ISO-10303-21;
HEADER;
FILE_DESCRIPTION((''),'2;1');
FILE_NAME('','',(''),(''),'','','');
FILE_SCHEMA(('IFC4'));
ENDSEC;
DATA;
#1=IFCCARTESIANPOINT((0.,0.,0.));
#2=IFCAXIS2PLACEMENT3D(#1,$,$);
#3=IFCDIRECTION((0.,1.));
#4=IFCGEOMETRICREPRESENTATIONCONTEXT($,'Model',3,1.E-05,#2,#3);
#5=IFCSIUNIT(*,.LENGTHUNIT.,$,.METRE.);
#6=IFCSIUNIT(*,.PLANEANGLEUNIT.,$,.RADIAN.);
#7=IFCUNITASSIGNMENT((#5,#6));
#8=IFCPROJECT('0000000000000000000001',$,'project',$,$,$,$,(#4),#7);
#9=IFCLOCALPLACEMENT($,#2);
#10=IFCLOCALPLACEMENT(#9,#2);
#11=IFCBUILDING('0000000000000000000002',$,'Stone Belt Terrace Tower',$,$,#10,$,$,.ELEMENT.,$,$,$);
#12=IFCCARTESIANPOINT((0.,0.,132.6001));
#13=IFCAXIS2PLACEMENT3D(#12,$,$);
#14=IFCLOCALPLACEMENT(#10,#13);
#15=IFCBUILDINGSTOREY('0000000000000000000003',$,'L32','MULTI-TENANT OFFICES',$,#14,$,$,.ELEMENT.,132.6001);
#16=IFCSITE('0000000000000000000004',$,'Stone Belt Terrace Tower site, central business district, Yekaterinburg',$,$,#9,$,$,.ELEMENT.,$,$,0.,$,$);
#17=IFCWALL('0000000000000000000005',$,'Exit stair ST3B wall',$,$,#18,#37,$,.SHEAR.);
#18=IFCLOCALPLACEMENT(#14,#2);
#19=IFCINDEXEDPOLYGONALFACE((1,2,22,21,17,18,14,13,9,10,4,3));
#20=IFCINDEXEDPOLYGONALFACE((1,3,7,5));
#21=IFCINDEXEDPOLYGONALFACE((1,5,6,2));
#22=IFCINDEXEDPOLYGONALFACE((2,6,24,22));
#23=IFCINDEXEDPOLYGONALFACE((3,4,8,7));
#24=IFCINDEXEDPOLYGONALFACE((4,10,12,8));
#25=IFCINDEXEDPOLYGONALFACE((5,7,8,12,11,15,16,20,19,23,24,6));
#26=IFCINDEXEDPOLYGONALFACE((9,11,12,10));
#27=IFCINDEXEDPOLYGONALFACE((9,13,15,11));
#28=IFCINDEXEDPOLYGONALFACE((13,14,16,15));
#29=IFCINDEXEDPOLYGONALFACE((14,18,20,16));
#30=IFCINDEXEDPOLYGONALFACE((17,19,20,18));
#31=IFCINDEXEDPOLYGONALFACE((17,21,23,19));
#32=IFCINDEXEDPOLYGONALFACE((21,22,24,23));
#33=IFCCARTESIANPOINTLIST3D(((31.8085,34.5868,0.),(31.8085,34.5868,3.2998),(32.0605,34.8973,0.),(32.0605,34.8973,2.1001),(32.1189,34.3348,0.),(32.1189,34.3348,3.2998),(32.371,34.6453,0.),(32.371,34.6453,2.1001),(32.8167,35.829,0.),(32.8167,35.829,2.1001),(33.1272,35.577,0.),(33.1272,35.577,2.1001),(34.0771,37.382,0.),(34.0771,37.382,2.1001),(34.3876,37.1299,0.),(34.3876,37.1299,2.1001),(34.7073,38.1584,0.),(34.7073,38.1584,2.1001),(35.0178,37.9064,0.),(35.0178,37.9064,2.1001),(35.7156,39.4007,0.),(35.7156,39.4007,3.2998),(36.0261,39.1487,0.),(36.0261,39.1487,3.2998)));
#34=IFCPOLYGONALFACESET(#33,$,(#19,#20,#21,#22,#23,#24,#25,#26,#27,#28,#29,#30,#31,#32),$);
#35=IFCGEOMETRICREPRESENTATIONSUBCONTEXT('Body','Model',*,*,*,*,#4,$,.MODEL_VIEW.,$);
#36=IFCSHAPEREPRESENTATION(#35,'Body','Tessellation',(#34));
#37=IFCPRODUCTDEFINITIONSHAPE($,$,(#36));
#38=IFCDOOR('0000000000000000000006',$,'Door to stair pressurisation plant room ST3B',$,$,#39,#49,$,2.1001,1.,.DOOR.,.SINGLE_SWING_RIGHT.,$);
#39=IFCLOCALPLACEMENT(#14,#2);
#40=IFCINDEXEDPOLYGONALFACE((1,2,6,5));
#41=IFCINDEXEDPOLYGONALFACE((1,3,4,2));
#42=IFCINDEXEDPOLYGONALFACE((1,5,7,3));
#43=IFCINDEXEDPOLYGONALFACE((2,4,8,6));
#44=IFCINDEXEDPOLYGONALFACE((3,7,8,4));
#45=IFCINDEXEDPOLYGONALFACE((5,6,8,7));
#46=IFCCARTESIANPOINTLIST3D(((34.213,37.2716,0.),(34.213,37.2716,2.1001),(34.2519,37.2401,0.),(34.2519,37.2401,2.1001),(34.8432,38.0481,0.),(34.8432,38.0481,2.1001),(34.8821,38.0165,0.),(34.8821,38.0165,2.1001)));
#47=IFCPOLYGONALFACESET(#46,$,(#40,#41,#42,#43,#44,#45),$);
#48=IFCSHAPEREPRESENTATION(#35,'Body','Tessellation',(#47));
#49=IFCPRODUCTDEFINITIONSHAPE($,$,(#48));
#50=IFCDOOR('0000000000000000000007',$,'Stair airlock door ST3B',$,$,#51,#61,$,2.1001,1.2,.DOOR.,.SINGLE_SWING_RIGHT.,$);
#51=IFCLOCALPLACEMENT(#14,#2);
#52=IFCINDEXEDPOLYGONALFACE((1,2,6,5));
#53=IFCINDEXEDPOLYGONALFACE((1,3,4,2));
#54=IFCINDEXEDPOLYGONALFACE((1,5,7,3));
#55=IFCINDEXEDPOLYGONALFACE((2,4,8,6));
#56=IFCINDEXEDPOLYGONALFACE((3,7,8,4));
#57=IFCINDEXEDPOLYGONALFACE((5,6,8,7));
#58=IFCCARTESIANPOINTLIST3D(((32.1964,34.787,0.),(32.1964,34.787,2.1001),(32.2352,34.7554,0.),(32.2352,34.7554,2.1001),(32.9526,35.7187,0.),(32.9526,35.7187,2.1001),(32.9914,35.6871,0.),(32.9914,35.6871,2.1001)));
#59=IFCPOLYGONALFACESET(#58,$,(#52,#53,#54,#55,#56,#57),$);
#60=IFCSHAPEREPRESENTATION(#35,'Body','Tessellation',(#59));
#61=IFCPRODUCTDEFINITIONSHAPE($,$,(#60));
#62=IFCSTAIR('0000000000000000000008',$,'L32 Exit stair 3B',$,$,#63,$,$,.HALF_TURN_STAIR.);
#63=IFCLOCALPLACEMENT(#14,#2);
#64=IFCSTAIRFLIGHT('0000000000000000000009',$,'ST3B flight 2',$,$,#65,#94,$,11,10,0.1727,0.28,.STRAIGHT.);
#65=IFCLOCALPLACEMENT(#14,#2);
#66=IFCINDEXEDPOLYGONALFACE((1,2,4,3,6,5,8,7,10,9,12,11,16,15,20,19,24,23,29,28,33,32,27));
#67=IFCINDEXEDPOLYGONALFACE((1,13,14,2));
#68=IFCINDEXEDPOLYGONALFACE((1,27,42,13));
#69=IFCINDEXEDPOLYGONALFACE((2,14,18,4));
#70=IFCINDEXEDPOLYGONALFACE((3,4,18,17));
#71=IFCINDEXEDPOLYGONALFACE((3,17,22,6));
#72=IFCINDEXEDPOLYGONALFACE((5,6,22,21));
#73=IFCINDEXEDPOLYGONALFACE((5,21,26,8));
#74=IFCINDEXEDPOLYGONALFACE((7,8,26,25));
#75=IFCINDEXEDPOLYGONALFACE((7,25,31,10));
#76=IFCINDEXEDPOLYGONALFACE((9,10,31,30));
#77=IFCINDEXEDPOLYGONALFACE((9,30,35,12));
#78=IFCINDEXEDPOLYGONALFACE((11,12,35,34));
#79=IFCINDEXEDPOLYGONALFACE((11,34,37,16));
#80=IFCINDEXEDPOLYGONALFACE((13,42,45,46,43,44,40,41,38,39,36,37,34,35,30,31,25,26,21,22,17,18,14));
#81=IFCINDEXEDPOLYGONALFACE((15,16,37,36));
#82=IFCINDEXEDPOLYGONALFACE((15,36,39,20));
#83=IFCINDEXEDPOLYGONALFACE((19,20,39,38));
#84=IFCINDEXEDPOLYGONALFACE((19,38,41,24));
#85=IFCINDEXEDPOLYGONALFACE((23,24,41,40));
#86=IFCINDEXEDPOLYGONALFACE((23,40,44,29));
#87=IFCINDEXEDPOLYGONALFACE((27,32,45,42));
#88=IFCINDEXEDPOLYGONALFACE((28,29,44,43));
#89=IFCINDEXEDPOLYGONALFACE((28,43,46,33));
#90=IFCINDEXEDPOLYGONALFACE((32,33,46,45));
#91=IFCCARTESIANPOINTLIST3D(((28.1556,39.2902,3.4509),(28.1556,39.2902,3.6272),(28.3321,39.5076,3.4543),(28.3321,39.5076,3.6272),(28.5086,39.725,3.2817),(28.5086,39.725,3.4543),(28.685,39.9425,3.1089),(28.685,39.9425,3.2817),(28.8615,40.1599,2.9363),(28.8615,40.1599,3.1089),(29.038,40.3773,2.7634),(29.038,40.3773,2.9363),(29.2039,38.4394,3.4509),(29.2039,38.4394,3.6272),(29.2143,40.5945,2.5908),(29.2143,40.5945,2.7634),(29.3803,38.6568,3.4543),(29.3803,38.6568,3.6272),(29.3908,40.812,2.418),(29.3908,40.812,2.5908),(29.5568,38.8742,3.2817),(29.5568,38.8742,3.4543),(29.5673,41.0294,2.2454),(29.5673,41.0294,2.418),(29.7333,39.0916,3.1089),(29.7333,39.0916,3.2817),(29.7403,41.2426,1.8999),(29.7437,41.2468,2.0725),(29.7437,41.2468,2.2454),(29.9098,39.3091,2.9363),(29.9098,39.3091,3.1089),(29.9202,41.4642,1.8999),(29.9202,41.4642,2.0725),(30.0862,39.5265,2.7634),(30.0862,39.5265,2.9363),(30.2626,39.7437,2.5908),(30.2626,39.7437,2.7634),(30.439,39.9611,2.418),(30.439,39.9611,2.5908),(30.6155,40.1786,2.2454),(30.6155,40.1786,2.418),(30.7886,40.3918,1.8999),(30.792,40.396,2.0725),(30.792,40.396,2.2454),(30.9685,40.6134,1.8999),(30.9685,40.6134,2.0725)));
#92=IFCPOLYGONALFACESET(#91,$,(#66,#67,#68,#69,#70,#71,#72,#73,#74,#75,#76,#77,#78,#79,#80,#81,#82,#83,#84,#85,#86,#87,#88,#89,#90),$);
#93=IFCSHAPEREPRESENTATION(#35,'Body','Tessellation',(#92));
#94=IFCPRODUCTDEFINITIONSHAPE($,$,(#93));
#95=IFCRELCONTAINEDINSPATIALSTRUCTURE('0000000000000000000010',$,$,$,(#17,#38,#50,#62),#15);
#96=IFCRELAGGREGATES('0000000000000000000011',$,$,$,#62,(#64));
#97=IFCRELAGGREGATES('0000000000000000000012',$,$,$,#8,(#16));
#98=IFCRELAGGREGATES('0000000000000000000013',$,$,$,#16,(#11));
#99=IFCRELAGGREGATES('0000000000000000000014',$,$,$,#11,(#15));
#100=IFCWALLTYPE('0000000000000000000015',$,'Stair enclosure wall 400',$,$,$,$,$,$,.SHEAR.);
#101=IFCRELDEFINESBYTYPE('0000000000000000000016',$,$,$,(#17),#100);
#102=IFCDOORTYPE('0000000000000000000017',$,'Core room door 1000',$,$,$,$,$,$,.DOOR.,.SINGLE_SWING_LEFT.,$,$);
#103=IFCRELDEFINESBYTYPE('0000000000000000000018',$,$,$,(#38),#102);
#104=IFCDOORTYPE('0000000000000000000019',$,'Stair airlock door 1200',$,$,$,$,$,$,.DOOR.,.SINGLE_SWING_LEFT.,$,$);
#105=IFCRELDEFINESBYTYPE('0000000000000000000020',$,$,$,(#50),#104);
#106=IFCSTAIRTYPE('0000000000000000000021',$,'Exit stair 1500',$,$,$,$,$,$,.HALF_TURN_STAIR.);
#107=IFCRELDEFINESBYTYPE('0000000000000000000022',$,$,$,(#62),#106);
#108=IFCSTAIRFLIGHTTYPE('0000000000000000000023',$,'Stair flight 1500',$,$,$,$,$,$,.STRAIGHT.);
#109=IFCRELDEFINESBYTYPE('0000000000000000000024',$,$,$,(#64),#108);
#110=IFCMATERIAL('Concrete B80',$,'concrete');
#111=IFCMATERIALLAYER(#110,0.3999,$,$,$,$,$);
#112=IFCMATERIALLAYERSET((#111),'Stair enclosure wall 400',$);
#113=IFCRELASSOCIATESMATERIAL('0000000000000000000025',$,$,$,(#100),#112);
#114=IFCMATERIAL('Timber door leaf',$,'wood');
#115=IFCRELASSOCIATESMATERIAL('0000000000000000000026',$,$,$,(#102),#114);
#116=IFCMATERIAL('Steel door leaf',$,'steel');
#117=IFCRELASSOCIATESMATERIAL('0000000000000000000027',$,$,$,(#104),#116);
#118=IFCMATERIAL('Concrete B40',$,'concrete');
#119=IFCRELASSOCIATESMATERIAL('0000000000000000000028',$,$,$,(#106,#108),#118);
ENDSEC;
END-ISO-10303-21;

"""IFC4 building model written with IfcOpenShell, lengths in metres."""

from ifc_helpers import new_model, si_unit, direction, frame, frame_2d, origin, place, context, subcontext, project, spatial, polyline, rectangle, outline, extrude, material, layer, layer_set, type_object, element, fill, aggregate, save


model = new_model("IFC4")

# Units and contexts
model_context = context("Model", 3, precision=1e-05, world=origin(), true_north=direction((0.0, 1.0)))
body_context = subcontext(model_context, "Body", "Model", "MODEL_VIEW")
ifc_project = project(units=[si_unit("LENGTHUNIT", "METRE"), si_unit("PLANEANGLEUNIT", "RADIAN")], contexts=[model_context])

# Site, building, storey
site_placement = place(None, origin())
site = spatial("IfcSite", under=ifc_project, at=site_placement, Name="Stone Belt Terrace Tower site, central business district, Yekaterinburg", CompositionType="ELEMENT", RefElevation=0.0)
building_placement = place(site_placement, origin())
building = spatial("IfcBuilding", under=site, at=building_placement, Name="Stone Belt Terrace Tower", CompositionType="ELEMENT")
storey_placement = place(building_placement, frame((0.0, 0.0, 132.6001)))
storey = spatial("IfcBuildingStorey", under=building, at=storey_placement, Name="L32", Description="MULTI-TENANT OFFICES", CompositionType="ELEMENT", Elevation=132.6001)

# Shared definitions
ifc_material_1 = material(Name="Concrete B80", Category="concrete")

# Wall, openings, doors
ifc_layer_1 = layer(ifc_material_1, 0.3999)
ifc_layer_set_1 = layer_set([ifc_layer_1], Name="Stair enclosure wall 400")
wall_type_1 = type_object("IfcWallType", Name="Stair enclosure wall 400", PredefinedType="SHEAR", material=ifc_layer_set_1)
wall_1_placement = place(storey_placement, frame((31.9636, 34.4607, 0.0), z_axis=(0.0, 0.0, 1.0), x_axis=(0.630192, 0.776439, 0.0)))
wall_1 = element("IfcWall", 1, at=wall_1_placement, inside=storey, type_object=wall_type_1, Name="Exit stair ST3B wall", PredefinedType="SHEAR", context=body_context, shape_type="SweptSolid", body=[
    extrude(rectangle(XDim=6.2, YDim=0.3999, at=frame_2d((3.1001, 0.0))), origin(), (0.0, 0.0, 1.0), 3.2998),
])
opening_1_placement = place(wall_1_placement, frame((0.3999, 0.0, 0.0)))
opening_1 = element("IfcOpeningElement", 2, at=opening_1_placement, cuts=wall_1, PredefinedType="OPENING", context=body_context, shape_type="SweptSolid", body=[
    extrude(rectangle(XDim=1.2, YDim=2.1001, at=frame_2d((0.6001, 1.05))), frame((0.0, 0.21, 0.0), z_axis=(0.0, -1.0, 0.0), x_axis=(1.0, 0.0, 0.0)), (0.0, 0.0, 1.0), 0.4199),
])
opening_2_placement = place(wall_1_placement, frame((3.6001, 0.0, 0.0)))
opening_2 = element("IfcOpeningElement", 3, at=opening_2_placement, cuts=wall_1, PredefinedType="OPENING", context=body_context, shape_type="SweptSolid", body=[
    extrude(rectangle(XDim=1.0, YDim=2.1001, at=frame_2d((0.5, 1.05))), frame((0.0, 0.21, 0.0), z_axis=(0.0, -1.0, 0.0), x_axis=(1.0, 0.0, 0.0)), (0.0, 0.0, 1.0), 0.4199),
])
ifc_material_2 = material(Name="Timber door leaf", Category="wood")
door_type_1 = type_object("IfcDoorType", Name="Core room door 1000", OperationType="SINGLE_SWING_LEFT", PredefinedType="DOOR", material=ifc_material_2)
door_1_placement = place(opening_2_placement, origin())
door_1 = element("IfcDoor", 4, at=door_1_placement, inside=storey, type_object=door_type_1, Name="Door to stair pressurisation plant room ST3B", OperationType="SINGLE_SWING_RIGHT", OverallHeight=2.1001, OverallWidth=1.0, PredefinedType="DOOR", context=body_context, shape_type="SweptSolid", body=[
    extrude(rectangle(XDim=1.0, YDim=2.1001, at=frame_2d((0.5, 1.05))), frame((0.0, 0.0249, 0.0), z_axis=(0.0, -1.0, 0.0), x_axis=(1.0, 0.0, 0.0)), (0.0, 0.0, 1.0), 0.05),
])
fill(opening_2, door_1)
ifc_material_3 = material(Name="Steel door leaf", Category="steel")
door_type_2 = type_object("IfcDoorType", Name="Stair airlock door 1200", OperationType="SINGLE_SWING_LEFT", PredefinedType="DOOR", material=ifc_material_3)
door_2_placement = place(opening_1_placement, origin())
door_2 = element("IfcDoor", 5, at=door_2_placement, inside=storey, type_object=door_type_2, Name="Stair airlock door ST3B", OperationType="SINGLE_SWING_RIGHT", OverallHeight=2.1001, OverallWidth=1.2, PredefinedType="DOOR", context=body_context, shape_type="SweptSolid", body=[
    extrude(rectangle(XDim=1.2, YDim=2.1001, at=frame_2d((0.6001, 1.05))), frame((0.0, 0.0249, 0.0), z_axis=(0.0, -1.0, 0.0), x_axis=(1.0, 0.0, 0.0)), (0.0, 0.0, 1.0), 0.05),
])
fill(opening_1, door_2)

# Stair, stair flight
ifc_material_4 = material(Name="Concrete B40", Category="concrete")
stair_type = type_object("IfcStairType", Name="Exit stair 1500", PredefinedType="HALF_TURN_STAIR", material=ifc_material_4)
stair_placement = place(storey_placement, origin())
stair = element("IfcStair", 6, at=stair_placement, inside=storey, type_object=stair_type, Name="L32 Exit stair 3B", PredefinedType="HALF_TURN_STAIR")
stair_flight_type = type_object("IfcStairFlightType", Name="Stair flight 1500", PredefinedType="STRAIGHT", material=ifc_material_4)
stair_flight_placement = place(storey_placement, frame((30.4443, 41.0388, 1.8999), z_axis=(0.0, 0.0, 1.0), x_axis=(-0.630206, -0.776428, 0.0)))
stair_flight = element("IfcStairFlight", 7, at=stair_flight_placement, type_object=stair_flight_type, Name="ST3B flight 2", NumberOfRisers=11, NumberOfTreads=10, PredefinedType="STRAIGHT", RiserHeight=0.1727, TreadLength=0.28, context=body_context, shape_type="SweptSolid", body=[
    extrude(outline(polyline([(0.0, 0.0), (0.0, 0.1726), (0.28, 0.1726), (0.28, 0.3455), (0.5601, 0.3455), (0.5601, 0.5181), (0.8401, 0.5181), (0.8401, 0.6909), (1.1201, 0.6909), (1.1201, 0.8635), (1.3999, 0.8635), (1.3999, 1.0364), (1.6799, 1.0364), (1.6799, 1.209), (1.96, 1.209), (1.96, 1.3818), (2.24, 1.3818), (2.24, 1.5544), (2.52, 1.5544), (2.52, 1.7273), (2.8, 1.7273), (2.8, 1.8999), (2.8, 1.551), (0.2854, 0.0), (0.0, 0.0)])), frame((0.0, 0.675, 0.0), z_axis=(0.0, -1.0, 0.0), x_axis=(1.0, 0.0, 0.0)), (0.0, 0.0, 1.0), 1.3501),
])
aggregate(stair, [stair_flight])

save(model, "model.ifc")
